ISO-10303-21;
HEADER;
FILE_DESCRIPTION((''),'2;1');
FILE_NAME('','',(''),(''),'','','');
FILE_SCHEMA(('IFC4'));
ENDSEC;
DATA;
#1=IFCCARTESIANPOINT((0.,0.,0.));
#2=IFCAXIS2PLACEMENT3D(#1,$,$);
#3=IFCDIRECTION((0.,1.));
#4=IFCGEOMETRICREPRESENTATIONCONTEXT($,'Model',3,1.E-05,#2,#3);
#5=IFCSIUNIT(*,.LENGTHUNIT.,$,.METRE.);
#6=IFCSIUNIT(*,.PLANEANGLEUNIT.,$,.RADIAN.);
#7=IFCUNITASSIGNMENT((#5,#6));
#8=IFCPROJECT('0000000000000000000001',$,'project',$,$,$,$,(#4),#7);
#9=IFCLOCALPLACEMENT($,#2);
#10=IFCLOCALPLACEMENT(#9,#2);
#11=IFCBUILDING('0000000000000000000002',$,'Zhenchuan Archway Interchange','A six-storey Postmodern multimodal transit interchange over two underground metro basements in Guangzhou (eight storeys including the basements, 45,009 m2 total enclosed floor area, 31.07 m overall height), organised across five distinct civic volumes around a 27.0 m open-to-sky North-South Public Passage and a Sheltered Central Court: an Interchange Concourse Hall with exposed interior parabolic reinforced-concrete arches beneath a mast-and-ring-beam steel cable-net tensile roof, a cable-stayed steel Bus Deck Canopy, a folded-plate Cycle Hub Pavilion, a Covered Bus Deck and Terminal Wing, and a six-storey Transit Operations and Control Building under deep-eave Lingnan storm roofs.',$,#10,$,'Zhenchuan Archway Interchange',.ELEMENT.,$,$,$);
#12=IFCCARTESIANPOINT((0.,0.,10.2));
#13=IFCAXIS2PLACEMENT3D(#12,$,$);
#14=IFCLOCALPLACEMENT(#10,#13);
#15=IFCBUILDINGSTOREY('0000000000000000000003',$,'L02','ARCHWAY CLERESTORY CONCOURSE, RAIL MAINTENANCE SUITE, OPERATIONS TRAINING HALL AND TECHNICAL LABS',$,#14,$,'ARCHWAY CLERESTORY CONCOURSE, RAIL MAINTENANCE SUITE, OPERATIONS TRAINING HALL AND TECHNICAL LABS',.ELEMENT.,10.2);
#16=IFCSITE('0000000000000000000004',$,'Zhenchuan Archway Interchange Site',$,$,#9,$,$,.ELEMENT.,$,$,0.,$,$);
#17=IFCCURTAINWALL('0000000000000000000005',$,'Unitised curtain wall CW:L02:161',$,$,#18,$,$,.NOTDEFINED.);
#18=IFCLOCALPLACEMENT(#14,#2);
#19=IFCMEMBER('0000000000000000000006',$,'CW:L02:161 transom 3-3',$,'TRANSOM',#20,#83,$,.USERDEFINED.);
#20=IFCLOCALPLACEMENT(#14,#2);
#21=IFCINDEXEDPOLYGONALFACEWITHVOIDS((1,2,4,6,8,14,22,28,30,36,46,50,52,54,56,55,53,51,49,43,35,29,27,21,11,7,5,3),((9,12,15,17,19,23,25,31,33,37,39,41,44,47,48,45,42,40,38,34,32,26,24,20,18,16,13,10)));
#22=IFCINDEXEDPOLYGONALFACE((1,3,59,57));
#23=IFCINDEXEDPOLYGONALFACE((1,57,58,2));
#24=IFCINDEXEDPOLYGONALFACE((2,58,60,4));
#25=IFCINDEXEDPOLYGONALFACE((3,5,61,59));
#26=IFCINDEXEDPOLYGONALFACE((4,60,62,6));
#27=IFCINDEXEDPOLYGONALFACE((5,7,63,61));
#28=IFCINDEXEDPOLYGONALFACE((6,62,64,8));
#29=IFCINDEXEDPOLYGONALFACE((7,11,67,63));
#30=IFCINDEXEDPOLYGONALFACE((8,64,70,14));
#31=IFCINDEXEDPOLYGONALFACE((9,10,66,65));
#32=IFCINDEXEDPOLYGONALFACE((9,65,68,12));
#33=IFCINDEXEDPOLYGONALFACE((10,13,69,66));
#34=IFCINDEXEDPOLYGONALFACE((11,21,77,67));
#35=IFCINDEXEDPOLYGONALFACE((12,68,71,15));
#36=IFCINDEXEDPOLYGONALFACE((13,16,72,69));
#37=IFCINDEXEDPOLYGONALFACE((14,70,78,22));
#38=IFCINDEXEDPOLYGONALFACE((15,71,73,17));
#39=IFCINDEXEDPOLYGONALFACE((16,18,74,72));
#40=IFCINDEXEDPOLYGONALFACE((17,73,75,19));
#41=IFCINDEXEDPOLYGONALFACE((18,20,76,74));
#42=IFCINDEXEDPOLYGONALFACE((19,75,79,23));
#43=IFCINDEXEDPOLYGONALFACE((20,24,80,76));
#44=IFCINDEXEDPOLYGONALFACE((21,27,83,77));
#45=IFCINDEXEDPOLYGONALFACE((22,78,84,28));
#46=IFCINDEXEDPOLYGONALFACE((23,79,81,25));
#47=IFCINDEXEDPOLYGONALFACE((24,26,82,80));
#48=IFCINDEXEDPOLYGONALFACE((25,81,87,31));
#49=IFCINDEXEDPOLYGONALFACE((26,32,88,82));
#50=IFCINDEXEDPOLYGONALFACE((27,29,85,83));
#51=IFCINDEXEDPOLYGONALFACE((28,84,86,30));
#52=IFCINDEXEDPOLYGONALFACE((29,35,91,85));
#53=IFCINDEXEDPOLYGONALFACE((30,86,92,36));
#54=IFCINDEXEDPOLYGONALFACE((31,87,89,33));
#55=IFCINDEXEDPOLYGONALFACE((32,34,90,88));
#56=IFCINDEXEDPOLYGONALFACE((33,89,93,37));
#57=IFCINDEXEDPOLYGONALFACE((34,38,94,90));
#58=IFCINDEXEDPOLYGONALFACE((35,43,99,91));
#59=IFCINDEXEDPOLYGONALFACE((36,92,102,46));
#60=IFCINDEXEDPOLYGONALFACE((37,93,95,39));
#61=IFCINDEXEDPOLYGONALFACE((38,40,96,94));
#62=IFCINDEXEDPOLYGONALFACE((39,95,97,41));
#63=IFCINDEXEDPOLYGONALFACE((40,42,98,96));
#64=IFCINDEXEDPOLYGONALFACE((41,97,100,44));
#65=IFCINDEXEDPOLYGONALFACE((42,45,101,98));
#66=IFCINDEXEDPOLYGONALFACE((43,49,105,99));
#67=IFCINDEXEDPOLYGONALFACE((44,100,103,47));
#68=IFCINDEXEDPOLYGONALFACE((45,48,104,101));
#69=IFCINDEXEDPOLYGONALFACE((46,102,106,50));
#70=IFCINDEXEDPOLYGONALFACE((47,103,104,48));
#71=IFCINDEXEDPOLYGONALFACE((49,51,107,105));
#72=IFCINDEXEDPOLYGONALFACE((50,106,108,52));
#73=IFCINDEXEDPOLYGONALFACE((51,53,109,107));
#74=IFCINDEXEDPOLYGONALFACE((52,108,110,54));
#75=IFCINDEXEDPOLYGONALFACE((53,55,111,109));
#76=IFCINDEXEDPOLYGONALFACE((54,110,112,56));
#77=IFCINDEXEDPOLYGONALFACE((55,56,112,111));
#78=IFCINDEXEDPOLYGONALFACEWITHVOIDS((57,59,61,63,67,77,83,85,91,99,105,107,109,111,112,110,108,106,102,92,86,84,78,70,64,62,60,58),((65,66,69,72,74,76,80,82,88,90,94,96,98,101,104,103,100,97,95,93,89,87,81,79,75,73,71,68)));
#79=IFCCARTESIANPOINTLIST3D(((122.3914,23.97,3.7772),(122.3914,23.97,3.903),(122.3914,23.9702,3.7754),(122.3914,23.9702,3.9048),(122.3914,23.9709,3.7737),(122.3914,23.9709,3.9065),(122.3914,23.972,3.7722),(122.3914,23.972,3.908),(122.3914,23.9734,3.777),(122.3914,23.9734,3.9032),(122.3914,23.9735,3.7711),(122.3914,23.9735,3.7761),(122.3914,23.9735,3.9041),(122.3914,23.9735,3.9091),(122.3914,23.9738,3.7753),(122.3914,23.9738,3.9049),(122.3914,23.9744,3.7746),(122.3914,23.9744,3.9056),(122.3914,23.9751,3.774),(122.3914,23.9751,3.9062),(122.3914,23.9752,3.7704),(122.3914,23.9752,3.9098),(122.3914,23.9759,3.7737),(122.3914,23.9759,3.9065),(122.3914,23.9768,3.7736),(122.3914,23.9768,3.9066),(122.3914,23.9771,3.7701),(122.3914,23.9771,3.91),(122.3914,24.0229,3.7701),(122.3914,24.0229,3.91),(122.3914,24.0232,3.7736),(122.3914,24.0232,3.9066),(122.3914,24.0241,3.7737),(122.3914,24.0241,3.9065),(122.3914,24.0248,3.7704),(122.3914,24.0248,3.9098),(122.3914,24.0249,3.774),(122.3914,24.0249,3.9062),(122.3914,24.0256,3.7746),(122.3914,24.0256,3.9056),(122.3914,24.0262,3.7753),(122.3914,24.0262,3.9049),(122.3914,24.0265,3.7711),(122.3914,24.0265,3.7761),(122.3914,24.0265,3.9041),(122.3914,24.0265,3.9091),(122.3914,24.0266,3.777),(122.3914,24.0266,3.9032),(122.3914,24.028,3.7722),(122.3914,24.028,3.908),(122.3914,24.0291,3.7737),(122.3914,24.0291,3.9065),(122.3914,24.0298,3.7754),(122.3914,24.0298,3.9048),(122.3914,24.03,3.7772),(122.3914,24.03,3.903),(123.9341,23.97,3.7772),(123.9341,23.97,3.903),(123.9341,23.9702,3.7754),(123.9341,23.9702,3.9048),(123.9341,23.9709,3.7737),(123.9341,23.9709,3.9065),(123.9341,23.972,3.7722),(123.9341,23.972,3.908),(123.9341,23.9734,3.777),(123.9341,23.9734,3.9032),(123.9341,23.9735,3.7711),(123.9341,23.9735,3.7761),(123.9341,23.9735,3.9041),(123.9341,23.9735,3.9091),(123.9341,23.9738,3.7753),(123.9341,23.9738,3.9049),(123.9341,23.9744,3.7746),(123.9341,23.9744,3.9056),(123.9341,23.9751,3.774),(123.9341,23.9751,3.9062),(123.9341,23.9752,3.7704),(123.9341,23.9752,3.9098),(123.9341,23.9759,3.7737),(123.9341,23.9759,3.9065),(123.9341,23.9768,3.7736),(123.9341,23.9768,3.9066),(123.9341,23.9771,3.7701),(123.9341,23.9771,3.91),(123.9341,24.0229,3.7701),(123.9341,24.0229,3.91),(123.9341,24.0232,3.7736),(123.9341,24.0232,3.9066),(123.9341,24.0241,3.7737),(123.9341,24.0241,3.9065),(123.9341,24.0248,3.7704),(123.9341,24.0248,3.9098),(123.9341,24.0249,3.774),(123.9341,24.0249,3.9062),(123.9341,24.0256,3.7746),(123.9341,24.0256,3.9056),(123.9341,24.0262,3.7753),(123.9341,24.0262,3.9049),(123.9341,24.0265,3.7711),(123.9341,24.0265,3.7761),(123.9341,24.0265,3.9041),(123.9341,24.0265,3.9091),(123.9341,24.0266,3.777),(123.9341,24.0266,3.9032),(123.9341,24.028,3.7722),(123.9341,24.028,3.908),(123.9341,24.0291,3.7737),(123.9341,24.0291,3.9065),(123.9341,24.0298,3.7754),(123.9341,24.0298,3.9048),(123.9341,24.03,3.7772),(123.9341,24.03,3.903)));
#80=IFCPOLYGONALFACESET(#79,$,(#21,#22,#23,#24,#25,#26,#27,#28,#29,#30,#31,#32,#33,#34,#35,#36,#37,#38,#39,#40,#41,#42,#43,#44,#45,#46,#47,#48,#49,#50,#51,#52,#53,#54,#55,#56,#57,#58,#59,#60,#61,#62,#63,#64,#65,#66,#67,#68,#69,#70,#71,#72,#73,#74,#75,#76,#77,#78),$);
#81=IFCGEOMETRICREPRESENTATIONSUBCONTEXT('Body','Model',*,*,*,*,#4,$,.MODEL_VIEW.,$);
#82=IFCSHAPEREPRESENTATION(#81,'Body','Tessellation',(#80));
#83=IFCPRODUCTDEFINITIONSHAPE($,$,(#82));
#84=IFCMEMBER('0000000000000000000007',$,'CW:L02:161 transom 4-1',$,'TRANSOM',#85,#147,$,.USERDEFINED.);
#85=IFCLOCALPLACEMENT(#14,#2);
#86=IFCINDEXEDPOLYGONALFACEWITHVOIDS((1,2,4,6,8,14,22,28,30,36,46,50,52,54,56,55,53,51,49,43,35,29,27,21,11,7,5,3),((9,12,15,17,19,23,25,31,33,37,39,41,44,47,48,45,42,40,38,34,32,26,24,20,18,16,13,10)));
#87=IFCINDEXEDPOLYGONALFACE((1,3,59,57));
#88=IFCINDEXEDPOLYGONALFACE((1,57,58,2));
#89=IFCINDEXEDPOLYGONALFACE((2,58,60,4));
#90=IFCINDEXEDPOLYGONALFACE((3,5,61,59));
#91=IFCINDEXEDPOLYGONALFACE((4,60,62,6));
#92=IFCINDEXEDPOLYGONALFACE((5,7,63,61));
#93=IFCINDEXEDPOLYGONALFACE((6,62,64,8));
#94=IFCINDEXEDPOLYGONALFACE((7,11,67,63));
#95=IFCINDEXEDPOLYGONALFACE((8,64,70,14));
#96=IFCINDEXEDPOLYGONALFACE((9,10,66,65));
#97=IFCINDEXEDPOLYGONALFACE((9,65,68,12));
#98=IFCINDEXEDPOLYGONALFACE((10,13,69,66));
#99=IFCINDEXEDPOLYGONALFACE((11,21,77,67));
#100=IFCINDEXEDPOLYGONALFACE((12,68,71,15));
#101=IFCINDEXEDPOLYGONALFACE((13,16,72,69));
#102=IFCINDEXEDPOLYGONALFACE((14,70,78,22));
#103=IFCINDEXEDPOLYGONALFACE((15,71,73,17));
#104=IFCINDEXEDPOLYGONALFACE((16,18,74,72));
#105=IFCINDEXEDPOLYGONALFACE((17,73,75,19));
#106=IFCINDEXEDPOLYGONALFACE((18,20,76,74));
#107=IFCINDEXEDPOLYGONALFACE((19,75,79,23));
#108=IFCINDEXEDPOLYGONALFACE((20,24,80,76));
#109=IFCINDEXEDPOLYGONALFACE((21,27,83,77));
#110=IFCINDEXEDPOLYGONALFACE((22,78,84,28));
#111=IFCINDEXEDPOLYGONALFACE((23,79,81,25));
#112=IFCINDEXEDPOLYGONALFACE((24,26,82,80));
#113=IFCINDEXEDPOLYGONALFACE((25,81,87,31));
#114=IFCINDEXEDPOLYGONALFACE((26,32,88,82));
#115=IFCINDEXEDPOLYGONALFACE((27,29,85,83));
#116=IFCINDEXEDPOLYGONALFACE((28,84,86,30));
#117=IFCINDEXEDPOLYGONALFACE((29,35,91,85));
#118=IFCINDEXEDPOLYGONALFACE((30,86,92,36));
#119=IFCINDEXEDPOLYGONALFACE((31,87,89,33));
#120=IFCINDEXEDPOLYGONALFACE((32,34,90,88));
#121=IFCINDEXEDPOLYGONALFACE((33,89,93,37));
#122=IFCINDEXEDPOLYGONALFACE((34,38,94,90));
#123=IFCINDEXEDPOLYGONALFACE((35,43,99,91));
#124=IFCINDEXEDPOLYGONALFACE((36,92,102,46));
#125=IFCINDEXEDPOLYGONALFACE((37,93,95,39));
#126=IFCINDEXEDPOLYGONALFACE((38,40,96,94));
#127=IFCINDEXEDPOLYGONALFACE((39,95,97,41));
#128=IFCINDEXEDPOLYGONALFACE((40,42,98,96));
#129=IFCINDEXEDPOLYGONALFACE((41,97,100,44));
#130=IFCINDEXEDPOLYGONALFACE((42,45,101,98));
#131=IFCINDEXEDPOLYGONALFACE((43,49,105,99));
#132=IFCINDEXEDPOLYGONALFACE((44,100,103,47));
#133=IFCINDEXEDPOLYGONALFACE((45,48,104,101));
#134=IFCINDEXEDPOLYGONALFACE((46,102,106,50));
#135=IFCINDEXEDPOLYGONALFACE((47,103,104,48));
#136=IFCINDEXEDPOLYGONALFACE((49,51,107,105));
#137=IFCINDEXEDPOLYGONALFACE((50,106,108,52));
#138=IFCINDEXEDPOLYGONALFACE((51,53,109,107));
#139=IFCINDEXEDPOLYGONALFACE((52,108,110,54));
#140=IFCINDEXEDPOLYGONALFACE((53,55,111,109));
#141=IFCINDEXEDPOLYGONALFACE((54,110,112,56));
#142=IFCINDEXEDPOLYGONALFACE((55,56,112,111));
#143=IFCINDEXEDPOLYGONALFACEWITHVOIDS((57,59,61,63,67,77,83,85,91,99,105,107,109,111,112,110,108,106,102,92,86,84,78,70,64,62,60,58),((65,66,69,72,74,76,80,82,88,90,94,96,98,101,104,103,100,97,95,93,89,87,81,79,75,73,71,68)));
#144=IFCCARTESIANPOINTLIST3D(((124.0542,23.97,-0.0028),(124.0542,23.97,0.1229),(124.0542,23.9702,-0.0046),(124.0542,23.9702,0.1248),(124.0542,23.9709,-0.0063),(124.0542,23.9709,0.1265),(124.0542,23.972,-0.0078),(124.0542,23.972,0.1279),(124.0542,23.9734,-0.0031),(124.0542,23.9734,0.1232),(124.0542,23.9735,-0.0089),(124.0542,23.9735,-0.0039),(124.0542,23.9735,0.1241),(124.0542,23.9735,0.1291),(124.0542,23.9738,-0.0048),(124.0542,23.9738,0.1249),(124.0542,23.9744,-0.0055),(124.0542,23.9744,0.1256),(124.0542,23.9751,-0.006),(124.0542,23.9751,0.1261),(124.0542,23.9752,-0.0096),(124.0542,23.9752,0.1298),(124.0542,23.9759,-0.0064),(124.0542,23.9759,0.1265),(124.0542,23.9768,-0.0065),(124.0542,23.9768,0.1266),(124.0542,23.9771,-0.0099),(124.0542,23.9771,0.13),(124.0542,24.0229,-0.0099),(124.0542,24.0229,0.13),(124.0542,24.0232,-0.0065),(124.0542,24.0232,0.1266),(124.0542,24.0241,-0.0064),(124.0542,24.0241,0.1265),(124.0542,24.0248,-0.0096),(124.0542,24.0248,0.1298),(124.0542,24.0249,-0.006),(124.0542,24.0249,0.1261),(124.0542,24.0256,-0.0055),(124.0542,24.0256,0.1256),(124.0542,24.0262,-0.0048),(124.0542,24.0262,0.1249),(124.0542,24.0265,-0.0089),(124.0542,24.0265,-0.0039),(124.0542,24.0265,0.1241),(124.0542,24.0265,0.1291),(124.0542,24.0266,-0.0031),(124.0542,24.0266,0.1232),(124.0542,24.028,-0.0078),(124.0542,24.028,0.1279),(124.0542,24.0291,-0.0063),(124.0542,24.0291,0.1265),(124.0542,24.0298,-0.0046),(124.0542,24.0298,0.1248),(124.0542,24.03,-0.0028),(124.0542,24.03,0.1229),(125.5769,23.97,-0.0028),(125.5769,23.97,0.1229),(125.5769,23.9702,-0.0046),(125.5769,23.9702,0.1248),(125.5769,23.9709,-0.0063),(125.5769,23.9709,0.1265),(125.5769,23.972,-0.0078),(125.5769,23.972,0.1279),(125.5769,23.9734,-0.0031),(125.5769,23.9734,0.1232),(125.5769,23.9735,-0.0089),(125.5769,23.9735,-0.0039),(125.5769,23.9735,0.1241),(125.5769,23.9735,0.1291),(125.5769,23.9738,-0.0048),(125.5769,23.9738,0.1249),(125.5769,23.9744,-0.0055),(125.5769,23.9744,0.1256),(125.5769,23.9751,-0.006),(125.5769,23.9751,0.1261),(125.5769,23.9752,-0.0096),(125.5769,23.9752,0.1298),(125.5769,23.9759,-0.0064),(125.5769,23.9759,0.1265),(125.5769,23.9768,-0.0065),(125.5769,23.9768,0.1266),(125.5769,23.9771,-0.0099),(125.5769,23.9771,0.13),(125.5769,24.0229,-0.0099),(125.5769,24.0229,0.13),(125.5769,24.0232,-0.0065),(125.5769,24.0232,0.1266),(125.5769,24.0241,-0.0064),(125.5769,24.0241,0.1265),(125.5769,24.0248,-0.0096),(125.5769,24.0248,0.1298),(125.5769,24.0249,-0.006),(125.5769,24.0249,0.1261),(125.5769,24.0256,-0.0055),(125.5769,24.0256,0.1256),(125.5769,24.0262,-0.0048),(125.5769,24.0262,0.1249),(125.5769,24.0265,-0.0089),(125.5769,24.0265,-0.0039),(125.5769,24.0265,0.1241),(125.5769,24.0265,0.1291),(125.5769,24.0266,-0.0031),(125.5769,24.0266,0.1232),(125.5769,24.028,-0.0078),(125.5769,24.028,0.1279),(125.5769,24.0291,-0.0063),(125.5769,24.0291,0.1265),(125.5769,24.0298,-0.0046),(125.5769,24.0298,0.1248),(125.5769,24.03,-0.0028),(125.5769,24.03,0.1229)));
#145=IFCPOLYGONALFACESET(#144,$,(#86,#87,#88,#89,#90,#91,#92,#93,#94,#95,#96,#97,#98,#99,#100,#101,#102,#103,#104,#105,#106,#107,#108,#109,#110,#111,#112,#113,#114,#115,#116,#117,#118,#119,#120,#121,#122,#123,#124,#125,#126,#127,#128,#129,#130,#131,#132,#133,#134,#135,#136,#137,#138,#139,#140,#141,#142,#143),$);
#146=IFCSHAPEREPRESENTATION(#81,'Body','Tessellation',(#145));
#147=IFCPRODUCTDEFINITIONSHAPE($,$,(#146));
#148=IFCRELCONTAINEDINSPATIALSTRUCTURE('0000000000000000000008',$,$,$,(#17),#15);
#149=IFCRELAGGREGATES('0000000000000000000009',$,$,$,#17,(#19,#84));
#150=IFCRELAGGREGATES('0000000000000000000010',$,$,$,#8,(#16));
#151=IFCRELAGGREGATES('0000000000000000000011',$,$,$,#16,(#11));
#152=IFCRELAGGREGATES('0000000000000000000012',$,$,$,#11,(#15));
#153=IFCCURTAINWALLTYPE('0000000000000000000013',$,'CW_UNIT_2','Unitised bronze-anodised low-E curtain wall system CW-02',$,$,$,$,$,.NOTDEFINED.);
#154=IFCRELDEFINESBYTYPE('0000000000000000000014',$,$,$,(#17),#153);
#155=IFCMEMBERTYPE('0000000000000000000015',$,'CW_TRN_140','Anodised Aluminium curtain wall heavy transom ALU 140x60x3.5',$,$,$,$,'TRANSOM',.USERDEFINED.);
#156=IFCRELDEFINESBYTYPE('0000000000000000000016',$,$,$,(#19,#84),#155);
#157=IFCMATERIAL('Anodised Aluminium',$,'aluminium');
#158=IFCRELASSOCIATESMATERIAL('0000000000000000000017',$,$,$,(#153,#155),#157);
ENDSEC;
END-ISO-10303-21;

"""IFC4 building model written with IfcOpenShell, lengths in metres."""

from ifc_helpers import new_model, si_unit, direction, frame, origin, origin_2d, place, context, subcontext, project, spatial, hollow_rectangle, extrude, material, material_profile, profile_set, type_object, element, aggregate, save


model = new_model("IFC4")

# Units and contexts
model_context = context("Model", 3, precision=1e-05, world=origin(), true_north=direction((0.0, 1.0)))
body_context = subcontext(model_context, "Body", "Model", "MODEL_VIEW")
ifc_project = project(units=[si_unit("LENGTHUNIT", "METRE"), si_unit("PLANEANGLEUNIT", "RADIAN")], contexts=[model_context])

# Site, building, storey
site_placement = place(None, origin())
site = spatial("IfcSite", under=ifc_project, at=site_placement, Name="Zhenchuan Archway Interchange Site", CompositionType="ELEMENT", RefElevation=0.0)
building_placement = place(site_placement, origin())
building = spatial("IfcBuilding", under=site, at=building_placement, Name="Zhenchuan Archway Interchange", Description="A six-storey Postmodern multimodal transit interchange over two underground metro basements in Guangzhou (eight storeys including the basements, 45,009 m2 total enclosed floor area, 31.07 m overall height), organised across five distinct civic volumes around a 27.0 m open-to-sky North-South Public Passage and a Sheltered Central Court: an Interchange Concourse Hall with exposed interior parabolic reinforced-concrete arches beneath a mast-and-ring-beam steel cable-net tensile roof, a cable-stayed steel Bus Deck Canopy, a folded-plate Cycle Hub Pavilion, a Covered Bus Deck and Terminal Wing, and a six-storey Transit Operations and Control Building under deep-eave Lingnan storm roofs.", LongName="Zhenchuan Archway Interchange", CompositionType="ELEMENT")
storey_placement = place(building_placement, frame((0.0, 0.0, 10.2)))
storey = spatial("IfcBuildingStorey", under=building, at=storey_placement, Name="L02", Description="ARCHWAY CLERESTORY CONCOURSE, RAIL MAINTENANCE SUITE, OPERATIONS TRAINING HALL AND TECHNICAL LABS", LongName="ARCHWAY CLERESTORY CONCOURSE, RAIL MAINTENANCE SUITE, OPERATIONS TRAINING HALL AND TECHNICAL LABS", CompositionType="ELEMENT", Elevation=10.2)

# Curtain wall, members
ifc_material_1 = material(Name="Anodised Aluminium", Category="aluminium")
curtain_wall_type = type_object("IfcCurtainWallType", Name="CW_UNIT_2", Description="Unitised bronze-anodised low-E curtain wall system CW-02", PredefinedType="NOTDEFINED", material=ifc_material_1)
curtain_wall_placement = place(storey_placement, origin())
curtain_wall = element("IfcCurtainWall", 1, at=curtain_wall_placement, inside=storey, type_object=curtain_wall_type, Name="Unitised curtain wall CW:L02:161", PredefinedType="NOTDEFINED")
ifc_material_profile_1 = material_profile(ifc_material_1, hollow_rectangle(XDim=0.0601, YDim=0.1399, WallThickness=0.0034, InnerFilletRadius=0.0034, OuterFilletRadius=0.0071, at=origin_2d()), Name="ALU 140x60x3.5")
ifc_profile_set_1 = profile_set([ifc_material_profile_1], Name="Anodised Aluminium")
member_type_1 = type_object("IfcMemberType", Name="CW_TRN_140", Description="Anodised Aluminium curtain wall heavy transom ALU 140x60x3.5", ElementType="TRANSOM", PredefinedType="USERDEFINED", material=ifc_profile_set_1)
member_1_placement = place(storey_placement, frame((122.3914, 24.0, 3.8401), z_axis=(1.0, 0.0, 0.0), x_axis=(0.0, 1.0, 0.0)))
member_1 = element("IfcMember", 2, at=member_1_placement, type_object=member_type_1, Name="CW:L02:161 transom 3-3", ObjectType="TRANSOM", PredefinedType="USERDEFINED", context=body_context, shape_type="SweptSolid", body=[
    extrude(hollow_rectangle(XDim=0.0601, YDim=0.1399, WallThickness=0.0034, InnerFilletRadius=0.0034, OuterFilletRadius=0.0071, at=origin_2d()), origin(), (0.0, 0.0, 1.0), 1.5427),
])
member_2_placement = place(storey_placement, frame((124.0542, 24.0, 0.0601), z_axis=(1.0, 0.0, 0.0), x_axis=(0.0, 1.0, 0.0)))
member_2 = element("IfcMember", 3, at=member_2_placement, type_object=member_type_1, Name="CW:L02:161 transom 4-1", ObjectType="TRANSOM", PredefinedType="USERDEFINED", context=body_context, shape_type="SweptSolid", body=[
    extrude(hollow_rectangle(XDim=0.0601, YDim=0.1399, WallThickness=0.0034, InnerFilletRadius=0.0034, OuterFilletRadius=0.0071, at=origin_2d()), origin(), (0.0, 0.0, 1.0), 1.5227),
])

aggregate(curtain_wall, [member_1, member_2])

save(model, "model.ifc")
